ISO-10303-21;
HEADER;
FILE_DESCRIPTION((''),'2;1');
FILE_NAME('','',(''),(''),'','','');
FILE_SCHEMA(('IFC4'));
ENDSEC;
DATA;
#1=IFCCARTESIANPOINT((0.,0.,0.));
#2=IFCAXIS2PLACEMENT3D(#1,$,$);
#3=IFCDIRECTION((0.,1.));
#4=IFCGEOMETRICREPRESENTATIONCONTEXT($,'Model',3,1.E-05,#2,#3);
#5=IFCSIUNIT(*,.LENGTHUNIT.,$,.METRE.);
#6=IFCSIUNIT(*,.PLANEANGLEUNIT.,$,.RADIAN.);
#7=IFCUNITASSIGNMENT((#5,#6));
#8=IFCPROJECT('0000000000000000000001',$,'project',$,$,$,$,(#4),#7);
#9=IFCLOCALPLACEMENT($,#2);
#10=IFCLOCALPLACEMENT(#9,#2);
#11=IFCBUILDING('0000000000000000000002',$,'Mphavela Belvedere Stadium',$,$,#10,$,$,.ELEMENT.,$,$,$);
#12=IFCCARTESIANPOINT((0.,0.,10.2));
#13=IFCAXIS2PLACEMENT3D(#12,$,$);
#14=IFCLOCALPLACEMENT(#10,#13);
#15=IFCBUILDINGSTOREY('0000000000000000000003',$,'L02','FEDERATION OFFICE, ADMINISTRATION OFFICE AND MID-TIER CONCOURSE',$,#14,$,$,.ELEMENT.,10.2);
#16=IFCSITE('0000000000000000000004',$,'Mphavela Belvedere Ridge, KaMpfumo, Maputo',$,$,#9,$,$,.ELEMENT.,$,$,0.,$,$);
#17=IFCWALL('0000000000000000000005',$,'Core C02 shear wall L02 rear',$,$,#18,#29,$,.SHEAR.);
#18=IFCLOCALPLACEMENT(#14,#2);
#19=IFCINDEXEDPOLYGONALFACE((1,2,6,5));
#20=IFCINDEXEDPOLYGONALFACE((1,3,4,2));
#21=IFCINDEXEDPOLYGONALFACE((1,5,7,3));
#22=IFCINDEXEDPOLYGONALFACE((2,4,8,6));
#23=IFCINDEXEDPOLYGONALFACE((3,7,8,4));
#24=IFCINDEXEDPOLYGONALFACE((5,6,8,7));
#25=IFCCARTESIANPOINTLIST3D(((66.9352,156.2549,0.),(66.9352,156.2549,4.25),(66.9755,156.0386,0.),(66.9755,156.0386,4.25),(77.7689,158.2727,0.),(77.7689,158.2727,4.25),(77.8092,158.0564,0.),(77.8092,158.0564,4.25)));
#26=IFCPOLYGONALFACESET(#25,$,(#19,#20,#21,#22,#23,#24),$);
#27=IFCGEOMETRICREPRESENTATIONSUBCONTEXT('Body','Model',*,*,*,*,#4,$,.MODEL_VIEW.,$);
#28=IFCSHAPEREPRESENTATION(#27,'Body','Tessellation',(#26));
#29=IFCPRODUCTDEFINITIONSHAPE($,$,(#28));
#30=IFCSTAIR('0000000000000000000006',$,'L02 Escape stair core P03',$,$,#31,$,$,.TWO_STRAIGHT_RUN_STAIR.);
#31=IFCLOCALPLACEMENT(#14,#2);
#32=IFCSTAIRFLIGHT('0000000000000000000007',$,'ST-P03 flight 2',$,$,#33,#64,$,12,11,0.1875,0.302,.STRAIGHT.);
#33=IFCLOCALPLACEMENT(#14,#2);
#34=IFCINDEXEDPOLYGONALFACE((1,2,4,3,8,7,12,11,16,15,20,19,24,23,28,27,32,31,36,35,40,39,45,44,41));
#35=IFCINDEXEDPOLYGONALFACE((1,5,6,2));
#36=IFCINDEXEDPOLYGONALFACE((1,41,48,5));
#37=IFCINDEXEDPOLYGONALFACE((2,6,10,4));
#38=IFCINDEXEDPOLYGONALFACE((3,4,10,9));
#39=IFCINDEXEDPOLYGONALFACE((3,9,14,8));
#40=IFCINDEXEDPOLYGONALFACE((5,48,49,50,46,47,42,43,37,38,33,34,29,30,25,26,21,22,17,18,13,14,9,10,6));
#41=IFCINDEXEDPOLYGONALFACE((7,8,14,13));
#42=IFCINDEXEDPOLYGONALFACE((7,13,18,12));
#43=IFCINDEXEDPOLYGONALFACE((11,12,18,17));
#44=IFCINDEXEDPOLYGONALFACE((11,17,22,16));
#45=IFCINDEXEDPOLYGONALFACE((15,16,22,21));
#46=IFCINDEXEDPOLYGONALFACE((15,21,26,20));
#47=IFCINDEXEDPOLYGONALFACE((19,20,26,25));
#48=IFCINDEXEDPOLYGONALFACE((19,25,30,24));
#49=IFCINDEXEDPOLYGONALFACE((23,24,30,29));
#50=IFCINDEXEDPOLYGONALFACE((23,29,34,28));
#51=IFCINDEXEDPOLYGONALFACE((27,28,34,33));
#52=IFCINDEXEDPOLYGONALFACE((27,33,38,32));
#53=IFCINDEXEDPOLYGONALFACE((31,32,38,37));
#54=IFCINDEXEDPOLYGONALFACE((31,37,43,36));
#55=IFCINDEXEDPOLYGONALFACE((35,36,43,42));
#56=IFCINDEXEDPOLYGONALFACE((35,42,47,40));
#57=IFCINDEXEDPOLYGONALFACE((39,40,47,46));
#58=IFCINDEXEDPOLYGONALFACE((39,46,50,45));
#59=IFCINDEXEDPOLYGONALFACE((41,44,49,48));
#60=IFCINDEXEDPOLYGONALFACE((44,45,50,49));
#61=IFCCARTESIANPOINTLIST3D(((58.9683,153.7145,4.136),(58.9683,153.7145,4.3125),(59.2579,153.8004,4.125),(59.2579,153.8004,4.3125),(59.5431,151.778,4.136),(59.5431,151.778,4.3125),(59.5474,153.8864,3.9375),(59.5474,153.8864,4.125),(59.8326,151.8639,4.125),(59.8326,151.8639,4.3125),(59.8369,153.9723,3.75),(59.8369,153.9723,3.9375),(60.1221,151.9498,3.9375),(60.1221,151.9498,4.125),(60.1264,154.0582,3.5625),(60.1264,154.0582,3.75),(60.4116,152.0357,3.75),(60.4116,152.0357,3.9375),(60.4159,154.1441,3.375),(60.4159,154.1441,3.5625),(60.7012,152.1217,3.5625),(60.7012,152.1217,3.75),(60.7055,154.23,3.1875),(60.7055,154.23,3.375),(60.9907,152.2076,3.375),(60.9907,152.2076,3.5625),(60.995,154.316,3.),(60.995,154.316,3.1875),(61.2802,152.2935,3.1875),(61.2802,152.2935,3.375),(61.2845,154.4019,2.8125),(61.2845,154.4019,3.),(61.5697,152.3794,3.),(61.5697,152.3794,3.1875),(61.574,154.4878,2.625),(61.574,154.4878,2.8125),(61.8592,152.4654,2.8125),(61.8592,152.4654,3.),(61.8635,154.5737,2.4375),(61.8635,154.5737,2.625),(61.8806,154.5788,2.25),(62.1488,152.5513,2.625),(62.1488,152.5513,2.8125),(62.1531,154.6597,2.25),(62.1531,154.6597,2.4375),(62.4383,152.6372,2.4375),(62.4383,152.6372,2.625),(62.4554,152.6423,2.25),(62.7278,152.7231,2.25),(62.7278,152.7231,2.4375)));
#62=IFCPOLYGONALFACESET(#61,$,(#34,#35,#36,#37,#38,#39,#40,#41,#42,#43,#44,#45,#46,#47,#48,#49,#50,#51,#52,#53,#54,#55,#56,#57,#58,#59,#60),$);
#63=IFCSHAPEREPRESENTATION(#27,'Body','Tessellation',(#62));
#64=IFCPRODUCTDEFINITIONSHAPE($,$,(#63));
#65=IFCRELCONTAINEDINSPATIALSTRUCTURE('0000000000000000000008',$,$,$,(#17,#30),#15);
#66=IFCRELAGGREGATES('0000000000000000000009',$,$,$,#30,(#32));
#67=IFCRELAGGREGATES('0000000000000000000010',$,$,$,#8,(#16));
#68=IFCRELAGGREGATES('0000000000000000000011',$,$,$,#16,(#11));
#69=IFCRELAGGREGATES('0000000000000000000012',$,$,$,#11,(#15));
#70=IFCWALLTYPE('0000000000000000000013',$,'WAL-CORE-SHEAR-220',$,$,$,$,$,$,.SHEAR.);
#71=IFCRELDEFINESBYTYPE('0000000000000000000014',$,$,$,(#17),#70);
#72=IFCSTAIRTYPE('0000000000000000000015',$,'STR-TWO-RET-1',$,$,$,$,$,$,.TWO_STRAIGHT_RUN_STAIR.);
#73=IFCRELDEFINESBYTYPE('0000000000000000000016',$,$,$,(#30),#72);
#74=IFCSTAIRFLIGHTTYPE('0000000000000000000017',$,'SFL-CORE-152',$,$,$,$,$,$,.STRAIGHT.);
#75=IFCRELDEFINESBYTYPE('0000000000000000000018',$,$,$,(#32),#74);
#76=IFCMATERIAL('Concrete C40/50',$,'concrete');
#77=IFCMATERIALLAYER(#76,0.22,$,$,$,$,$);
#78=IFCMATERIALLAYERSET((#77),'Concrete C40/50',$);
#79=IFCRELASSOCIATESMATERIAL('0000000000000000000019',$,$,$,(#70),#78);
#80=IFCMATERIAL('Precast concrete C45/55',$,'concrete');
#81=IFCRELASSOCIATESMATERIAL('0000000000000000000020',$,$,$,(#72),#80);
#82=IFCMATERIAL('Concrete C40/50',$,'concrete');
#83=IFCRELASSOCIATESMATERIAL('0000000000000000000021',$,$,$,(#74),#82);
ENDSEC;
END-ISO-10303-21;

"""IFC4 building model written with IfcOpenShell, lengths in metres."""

from ifc_helpers import new_model, si_unit, direction, frame, frame_2d, origin, place, context, subcontext, project, spatial, polyline, rectangle, outline, extrude, material, layer, layer_set, type_object, element, aggregate, save


model = new_model("IFC4")

# Units and contexts
model_context = context("Model", 3, precision=1e-05, world=origin(), true_north=direction((0.0, 1.0)))
body_context = subcontext(model_context, "Body", "Model", "MODEL_VIEW")
ifc_project = project(units=[si_unit("LENGTHUNIT", "METRE"), si_unit("PLANEANGLEUNIT", "RADIAN")], contexts=[model_context])

# Site, building, storey
site_placement = place(None, origin())
site = spatial("IfcSite", under=ifc_project, at=site_placement, Name="Mphavela Belvedere Ridge, KaMpfumo, Maputo", CompositionType="ELEMENT", RefElevation=0.0)
building_placement = place(site_placement, origin())
building = spatial("IfcBuilding", under=site, at=building_placement, Name="Mphavela Belvedere Stadium", CompositionType="ELEMENT")
storey_placement = place(building_placement, frame((0.0, 0.0, 10.2)))
storey = spatial("IfcBuildingStorey", under=building, at=storey_placement, Name="L02", Description="FEDERATION OFFICE, ADMINISTRATION OFFICE AND MID-TIER CONCOURSE", CompositionType="ELEMENT", Elevation=10.2)

# Wall
ifc_material_1 = material(Name="Concrete C40/50", Category="concrete")
ifc_layer_1 = layer(ifc_material_1, 0.22)
ifc_layer_set_1 = layer_set([ifc_layer_1], Name="Concrete C40/50")
wall_type = type_object("IfcWallType", Name="WAL-CORE-SHEAR-220", PredefinedType="SHEAR", material=ifc_layer_set_1)
wall_placement = place(storey_placement, frame((66.9553, 156.1467, 0.0), z_axis=(0.0, 0.0, 1.0), x_axis=(0.983093, 0.183105, 0.0)))
element("IfcWall", 1, at=wall_placement, inside=storey, type_object=wall_type, Name="Core C02 shear wall L02 rear", PredefinedType="SHEAR", context=body_context, shape_type="SweptSolid", body=[
    extrude(rectangle(XDim=11.02, YDim=0.22, at=frame_2d((5.51, 0.0))), origin(), (0.0, 0.0, 1.0), 4.25),
])

# Stair, stair flight
ifc_material_2 = material(Name="Precast concrete C45/55", Category="concrete")
stair_type = type_object("IfcStairType", Name="STR-TWO-RET-1", PredefinedType="TWO_STRAIGHT_RUN_STAIR", material=ifc_material_2)
stair_placement = place(storey_placement, origin())
stair = element("IfcStair", 2, at=stair_placement, inside=storey, type_object=stair_type, Name="L02 Escape stair core P03", PredefinedType="TWO_STRAIGHT_RUN_STAIR")
ifc_material_3 = material(Name="Concrete C40/50", Category="concrete")
stair_flight_type = type_object("IfcStairFlightType", Name="SFL-CORE-152", PredefinedType="STRAIGHT", material=ifc_material_3)
stair_flight_placement = place(storey_placement, frame((62.4404, 153.6914, 2.25), z_axis=(0.0, 0.0, 1.0), x_axis=(-0.958671, -0.284517, 0.0)))
stair_flight = element("IfcStairFlight", 3, at=stair_flight_placement, type_object=stair_flight_type, Name="ST-P03 flight 2", NumberOfRisers=12, NumberOfTreads=11, PredefinedType="STRAIGHT", RiserHeight=0.1875, TreadLength=0.302, context=body_context, shape_type="SweptSolid", body=[
    extrude(outline(polyline([(0.0, 0.0), (0.0, 0.1875), (0.302, 0.1875), (0.302, 0.375), (0.604, 0.375), (0.604, 0.5625), (0.906, 0.5625), (0.906, 0.75), (1.208, 0.75), (1.208, 0.9375), (1.51, 0.9375), (1.51, 1.125), (1.812, 1.125), (1.812, 1.3125), (2.114, 1.3125), (2.114, 1.5), (2.416, 1.5), (2.416, 1.6875), (2.718, 1.6875), (2.718, 1.875), (3.02, 1.875), (3.02, 2.0625), (3.322, 2.0625), (3.322, 2.25), (3.322, 1.886), (0.2842, 0.0), (0.0, 0.0)])), frame((0.0, 1.01, 0.0), z_axis=(0.0, -1.0, 0.0), x_axis=(1.0, 0.0, 0.0)), (0.0, 0.0, 1.0), 2.02),
])
aggregate(stair, [stair_flight])

save(model, "model.ifc")
